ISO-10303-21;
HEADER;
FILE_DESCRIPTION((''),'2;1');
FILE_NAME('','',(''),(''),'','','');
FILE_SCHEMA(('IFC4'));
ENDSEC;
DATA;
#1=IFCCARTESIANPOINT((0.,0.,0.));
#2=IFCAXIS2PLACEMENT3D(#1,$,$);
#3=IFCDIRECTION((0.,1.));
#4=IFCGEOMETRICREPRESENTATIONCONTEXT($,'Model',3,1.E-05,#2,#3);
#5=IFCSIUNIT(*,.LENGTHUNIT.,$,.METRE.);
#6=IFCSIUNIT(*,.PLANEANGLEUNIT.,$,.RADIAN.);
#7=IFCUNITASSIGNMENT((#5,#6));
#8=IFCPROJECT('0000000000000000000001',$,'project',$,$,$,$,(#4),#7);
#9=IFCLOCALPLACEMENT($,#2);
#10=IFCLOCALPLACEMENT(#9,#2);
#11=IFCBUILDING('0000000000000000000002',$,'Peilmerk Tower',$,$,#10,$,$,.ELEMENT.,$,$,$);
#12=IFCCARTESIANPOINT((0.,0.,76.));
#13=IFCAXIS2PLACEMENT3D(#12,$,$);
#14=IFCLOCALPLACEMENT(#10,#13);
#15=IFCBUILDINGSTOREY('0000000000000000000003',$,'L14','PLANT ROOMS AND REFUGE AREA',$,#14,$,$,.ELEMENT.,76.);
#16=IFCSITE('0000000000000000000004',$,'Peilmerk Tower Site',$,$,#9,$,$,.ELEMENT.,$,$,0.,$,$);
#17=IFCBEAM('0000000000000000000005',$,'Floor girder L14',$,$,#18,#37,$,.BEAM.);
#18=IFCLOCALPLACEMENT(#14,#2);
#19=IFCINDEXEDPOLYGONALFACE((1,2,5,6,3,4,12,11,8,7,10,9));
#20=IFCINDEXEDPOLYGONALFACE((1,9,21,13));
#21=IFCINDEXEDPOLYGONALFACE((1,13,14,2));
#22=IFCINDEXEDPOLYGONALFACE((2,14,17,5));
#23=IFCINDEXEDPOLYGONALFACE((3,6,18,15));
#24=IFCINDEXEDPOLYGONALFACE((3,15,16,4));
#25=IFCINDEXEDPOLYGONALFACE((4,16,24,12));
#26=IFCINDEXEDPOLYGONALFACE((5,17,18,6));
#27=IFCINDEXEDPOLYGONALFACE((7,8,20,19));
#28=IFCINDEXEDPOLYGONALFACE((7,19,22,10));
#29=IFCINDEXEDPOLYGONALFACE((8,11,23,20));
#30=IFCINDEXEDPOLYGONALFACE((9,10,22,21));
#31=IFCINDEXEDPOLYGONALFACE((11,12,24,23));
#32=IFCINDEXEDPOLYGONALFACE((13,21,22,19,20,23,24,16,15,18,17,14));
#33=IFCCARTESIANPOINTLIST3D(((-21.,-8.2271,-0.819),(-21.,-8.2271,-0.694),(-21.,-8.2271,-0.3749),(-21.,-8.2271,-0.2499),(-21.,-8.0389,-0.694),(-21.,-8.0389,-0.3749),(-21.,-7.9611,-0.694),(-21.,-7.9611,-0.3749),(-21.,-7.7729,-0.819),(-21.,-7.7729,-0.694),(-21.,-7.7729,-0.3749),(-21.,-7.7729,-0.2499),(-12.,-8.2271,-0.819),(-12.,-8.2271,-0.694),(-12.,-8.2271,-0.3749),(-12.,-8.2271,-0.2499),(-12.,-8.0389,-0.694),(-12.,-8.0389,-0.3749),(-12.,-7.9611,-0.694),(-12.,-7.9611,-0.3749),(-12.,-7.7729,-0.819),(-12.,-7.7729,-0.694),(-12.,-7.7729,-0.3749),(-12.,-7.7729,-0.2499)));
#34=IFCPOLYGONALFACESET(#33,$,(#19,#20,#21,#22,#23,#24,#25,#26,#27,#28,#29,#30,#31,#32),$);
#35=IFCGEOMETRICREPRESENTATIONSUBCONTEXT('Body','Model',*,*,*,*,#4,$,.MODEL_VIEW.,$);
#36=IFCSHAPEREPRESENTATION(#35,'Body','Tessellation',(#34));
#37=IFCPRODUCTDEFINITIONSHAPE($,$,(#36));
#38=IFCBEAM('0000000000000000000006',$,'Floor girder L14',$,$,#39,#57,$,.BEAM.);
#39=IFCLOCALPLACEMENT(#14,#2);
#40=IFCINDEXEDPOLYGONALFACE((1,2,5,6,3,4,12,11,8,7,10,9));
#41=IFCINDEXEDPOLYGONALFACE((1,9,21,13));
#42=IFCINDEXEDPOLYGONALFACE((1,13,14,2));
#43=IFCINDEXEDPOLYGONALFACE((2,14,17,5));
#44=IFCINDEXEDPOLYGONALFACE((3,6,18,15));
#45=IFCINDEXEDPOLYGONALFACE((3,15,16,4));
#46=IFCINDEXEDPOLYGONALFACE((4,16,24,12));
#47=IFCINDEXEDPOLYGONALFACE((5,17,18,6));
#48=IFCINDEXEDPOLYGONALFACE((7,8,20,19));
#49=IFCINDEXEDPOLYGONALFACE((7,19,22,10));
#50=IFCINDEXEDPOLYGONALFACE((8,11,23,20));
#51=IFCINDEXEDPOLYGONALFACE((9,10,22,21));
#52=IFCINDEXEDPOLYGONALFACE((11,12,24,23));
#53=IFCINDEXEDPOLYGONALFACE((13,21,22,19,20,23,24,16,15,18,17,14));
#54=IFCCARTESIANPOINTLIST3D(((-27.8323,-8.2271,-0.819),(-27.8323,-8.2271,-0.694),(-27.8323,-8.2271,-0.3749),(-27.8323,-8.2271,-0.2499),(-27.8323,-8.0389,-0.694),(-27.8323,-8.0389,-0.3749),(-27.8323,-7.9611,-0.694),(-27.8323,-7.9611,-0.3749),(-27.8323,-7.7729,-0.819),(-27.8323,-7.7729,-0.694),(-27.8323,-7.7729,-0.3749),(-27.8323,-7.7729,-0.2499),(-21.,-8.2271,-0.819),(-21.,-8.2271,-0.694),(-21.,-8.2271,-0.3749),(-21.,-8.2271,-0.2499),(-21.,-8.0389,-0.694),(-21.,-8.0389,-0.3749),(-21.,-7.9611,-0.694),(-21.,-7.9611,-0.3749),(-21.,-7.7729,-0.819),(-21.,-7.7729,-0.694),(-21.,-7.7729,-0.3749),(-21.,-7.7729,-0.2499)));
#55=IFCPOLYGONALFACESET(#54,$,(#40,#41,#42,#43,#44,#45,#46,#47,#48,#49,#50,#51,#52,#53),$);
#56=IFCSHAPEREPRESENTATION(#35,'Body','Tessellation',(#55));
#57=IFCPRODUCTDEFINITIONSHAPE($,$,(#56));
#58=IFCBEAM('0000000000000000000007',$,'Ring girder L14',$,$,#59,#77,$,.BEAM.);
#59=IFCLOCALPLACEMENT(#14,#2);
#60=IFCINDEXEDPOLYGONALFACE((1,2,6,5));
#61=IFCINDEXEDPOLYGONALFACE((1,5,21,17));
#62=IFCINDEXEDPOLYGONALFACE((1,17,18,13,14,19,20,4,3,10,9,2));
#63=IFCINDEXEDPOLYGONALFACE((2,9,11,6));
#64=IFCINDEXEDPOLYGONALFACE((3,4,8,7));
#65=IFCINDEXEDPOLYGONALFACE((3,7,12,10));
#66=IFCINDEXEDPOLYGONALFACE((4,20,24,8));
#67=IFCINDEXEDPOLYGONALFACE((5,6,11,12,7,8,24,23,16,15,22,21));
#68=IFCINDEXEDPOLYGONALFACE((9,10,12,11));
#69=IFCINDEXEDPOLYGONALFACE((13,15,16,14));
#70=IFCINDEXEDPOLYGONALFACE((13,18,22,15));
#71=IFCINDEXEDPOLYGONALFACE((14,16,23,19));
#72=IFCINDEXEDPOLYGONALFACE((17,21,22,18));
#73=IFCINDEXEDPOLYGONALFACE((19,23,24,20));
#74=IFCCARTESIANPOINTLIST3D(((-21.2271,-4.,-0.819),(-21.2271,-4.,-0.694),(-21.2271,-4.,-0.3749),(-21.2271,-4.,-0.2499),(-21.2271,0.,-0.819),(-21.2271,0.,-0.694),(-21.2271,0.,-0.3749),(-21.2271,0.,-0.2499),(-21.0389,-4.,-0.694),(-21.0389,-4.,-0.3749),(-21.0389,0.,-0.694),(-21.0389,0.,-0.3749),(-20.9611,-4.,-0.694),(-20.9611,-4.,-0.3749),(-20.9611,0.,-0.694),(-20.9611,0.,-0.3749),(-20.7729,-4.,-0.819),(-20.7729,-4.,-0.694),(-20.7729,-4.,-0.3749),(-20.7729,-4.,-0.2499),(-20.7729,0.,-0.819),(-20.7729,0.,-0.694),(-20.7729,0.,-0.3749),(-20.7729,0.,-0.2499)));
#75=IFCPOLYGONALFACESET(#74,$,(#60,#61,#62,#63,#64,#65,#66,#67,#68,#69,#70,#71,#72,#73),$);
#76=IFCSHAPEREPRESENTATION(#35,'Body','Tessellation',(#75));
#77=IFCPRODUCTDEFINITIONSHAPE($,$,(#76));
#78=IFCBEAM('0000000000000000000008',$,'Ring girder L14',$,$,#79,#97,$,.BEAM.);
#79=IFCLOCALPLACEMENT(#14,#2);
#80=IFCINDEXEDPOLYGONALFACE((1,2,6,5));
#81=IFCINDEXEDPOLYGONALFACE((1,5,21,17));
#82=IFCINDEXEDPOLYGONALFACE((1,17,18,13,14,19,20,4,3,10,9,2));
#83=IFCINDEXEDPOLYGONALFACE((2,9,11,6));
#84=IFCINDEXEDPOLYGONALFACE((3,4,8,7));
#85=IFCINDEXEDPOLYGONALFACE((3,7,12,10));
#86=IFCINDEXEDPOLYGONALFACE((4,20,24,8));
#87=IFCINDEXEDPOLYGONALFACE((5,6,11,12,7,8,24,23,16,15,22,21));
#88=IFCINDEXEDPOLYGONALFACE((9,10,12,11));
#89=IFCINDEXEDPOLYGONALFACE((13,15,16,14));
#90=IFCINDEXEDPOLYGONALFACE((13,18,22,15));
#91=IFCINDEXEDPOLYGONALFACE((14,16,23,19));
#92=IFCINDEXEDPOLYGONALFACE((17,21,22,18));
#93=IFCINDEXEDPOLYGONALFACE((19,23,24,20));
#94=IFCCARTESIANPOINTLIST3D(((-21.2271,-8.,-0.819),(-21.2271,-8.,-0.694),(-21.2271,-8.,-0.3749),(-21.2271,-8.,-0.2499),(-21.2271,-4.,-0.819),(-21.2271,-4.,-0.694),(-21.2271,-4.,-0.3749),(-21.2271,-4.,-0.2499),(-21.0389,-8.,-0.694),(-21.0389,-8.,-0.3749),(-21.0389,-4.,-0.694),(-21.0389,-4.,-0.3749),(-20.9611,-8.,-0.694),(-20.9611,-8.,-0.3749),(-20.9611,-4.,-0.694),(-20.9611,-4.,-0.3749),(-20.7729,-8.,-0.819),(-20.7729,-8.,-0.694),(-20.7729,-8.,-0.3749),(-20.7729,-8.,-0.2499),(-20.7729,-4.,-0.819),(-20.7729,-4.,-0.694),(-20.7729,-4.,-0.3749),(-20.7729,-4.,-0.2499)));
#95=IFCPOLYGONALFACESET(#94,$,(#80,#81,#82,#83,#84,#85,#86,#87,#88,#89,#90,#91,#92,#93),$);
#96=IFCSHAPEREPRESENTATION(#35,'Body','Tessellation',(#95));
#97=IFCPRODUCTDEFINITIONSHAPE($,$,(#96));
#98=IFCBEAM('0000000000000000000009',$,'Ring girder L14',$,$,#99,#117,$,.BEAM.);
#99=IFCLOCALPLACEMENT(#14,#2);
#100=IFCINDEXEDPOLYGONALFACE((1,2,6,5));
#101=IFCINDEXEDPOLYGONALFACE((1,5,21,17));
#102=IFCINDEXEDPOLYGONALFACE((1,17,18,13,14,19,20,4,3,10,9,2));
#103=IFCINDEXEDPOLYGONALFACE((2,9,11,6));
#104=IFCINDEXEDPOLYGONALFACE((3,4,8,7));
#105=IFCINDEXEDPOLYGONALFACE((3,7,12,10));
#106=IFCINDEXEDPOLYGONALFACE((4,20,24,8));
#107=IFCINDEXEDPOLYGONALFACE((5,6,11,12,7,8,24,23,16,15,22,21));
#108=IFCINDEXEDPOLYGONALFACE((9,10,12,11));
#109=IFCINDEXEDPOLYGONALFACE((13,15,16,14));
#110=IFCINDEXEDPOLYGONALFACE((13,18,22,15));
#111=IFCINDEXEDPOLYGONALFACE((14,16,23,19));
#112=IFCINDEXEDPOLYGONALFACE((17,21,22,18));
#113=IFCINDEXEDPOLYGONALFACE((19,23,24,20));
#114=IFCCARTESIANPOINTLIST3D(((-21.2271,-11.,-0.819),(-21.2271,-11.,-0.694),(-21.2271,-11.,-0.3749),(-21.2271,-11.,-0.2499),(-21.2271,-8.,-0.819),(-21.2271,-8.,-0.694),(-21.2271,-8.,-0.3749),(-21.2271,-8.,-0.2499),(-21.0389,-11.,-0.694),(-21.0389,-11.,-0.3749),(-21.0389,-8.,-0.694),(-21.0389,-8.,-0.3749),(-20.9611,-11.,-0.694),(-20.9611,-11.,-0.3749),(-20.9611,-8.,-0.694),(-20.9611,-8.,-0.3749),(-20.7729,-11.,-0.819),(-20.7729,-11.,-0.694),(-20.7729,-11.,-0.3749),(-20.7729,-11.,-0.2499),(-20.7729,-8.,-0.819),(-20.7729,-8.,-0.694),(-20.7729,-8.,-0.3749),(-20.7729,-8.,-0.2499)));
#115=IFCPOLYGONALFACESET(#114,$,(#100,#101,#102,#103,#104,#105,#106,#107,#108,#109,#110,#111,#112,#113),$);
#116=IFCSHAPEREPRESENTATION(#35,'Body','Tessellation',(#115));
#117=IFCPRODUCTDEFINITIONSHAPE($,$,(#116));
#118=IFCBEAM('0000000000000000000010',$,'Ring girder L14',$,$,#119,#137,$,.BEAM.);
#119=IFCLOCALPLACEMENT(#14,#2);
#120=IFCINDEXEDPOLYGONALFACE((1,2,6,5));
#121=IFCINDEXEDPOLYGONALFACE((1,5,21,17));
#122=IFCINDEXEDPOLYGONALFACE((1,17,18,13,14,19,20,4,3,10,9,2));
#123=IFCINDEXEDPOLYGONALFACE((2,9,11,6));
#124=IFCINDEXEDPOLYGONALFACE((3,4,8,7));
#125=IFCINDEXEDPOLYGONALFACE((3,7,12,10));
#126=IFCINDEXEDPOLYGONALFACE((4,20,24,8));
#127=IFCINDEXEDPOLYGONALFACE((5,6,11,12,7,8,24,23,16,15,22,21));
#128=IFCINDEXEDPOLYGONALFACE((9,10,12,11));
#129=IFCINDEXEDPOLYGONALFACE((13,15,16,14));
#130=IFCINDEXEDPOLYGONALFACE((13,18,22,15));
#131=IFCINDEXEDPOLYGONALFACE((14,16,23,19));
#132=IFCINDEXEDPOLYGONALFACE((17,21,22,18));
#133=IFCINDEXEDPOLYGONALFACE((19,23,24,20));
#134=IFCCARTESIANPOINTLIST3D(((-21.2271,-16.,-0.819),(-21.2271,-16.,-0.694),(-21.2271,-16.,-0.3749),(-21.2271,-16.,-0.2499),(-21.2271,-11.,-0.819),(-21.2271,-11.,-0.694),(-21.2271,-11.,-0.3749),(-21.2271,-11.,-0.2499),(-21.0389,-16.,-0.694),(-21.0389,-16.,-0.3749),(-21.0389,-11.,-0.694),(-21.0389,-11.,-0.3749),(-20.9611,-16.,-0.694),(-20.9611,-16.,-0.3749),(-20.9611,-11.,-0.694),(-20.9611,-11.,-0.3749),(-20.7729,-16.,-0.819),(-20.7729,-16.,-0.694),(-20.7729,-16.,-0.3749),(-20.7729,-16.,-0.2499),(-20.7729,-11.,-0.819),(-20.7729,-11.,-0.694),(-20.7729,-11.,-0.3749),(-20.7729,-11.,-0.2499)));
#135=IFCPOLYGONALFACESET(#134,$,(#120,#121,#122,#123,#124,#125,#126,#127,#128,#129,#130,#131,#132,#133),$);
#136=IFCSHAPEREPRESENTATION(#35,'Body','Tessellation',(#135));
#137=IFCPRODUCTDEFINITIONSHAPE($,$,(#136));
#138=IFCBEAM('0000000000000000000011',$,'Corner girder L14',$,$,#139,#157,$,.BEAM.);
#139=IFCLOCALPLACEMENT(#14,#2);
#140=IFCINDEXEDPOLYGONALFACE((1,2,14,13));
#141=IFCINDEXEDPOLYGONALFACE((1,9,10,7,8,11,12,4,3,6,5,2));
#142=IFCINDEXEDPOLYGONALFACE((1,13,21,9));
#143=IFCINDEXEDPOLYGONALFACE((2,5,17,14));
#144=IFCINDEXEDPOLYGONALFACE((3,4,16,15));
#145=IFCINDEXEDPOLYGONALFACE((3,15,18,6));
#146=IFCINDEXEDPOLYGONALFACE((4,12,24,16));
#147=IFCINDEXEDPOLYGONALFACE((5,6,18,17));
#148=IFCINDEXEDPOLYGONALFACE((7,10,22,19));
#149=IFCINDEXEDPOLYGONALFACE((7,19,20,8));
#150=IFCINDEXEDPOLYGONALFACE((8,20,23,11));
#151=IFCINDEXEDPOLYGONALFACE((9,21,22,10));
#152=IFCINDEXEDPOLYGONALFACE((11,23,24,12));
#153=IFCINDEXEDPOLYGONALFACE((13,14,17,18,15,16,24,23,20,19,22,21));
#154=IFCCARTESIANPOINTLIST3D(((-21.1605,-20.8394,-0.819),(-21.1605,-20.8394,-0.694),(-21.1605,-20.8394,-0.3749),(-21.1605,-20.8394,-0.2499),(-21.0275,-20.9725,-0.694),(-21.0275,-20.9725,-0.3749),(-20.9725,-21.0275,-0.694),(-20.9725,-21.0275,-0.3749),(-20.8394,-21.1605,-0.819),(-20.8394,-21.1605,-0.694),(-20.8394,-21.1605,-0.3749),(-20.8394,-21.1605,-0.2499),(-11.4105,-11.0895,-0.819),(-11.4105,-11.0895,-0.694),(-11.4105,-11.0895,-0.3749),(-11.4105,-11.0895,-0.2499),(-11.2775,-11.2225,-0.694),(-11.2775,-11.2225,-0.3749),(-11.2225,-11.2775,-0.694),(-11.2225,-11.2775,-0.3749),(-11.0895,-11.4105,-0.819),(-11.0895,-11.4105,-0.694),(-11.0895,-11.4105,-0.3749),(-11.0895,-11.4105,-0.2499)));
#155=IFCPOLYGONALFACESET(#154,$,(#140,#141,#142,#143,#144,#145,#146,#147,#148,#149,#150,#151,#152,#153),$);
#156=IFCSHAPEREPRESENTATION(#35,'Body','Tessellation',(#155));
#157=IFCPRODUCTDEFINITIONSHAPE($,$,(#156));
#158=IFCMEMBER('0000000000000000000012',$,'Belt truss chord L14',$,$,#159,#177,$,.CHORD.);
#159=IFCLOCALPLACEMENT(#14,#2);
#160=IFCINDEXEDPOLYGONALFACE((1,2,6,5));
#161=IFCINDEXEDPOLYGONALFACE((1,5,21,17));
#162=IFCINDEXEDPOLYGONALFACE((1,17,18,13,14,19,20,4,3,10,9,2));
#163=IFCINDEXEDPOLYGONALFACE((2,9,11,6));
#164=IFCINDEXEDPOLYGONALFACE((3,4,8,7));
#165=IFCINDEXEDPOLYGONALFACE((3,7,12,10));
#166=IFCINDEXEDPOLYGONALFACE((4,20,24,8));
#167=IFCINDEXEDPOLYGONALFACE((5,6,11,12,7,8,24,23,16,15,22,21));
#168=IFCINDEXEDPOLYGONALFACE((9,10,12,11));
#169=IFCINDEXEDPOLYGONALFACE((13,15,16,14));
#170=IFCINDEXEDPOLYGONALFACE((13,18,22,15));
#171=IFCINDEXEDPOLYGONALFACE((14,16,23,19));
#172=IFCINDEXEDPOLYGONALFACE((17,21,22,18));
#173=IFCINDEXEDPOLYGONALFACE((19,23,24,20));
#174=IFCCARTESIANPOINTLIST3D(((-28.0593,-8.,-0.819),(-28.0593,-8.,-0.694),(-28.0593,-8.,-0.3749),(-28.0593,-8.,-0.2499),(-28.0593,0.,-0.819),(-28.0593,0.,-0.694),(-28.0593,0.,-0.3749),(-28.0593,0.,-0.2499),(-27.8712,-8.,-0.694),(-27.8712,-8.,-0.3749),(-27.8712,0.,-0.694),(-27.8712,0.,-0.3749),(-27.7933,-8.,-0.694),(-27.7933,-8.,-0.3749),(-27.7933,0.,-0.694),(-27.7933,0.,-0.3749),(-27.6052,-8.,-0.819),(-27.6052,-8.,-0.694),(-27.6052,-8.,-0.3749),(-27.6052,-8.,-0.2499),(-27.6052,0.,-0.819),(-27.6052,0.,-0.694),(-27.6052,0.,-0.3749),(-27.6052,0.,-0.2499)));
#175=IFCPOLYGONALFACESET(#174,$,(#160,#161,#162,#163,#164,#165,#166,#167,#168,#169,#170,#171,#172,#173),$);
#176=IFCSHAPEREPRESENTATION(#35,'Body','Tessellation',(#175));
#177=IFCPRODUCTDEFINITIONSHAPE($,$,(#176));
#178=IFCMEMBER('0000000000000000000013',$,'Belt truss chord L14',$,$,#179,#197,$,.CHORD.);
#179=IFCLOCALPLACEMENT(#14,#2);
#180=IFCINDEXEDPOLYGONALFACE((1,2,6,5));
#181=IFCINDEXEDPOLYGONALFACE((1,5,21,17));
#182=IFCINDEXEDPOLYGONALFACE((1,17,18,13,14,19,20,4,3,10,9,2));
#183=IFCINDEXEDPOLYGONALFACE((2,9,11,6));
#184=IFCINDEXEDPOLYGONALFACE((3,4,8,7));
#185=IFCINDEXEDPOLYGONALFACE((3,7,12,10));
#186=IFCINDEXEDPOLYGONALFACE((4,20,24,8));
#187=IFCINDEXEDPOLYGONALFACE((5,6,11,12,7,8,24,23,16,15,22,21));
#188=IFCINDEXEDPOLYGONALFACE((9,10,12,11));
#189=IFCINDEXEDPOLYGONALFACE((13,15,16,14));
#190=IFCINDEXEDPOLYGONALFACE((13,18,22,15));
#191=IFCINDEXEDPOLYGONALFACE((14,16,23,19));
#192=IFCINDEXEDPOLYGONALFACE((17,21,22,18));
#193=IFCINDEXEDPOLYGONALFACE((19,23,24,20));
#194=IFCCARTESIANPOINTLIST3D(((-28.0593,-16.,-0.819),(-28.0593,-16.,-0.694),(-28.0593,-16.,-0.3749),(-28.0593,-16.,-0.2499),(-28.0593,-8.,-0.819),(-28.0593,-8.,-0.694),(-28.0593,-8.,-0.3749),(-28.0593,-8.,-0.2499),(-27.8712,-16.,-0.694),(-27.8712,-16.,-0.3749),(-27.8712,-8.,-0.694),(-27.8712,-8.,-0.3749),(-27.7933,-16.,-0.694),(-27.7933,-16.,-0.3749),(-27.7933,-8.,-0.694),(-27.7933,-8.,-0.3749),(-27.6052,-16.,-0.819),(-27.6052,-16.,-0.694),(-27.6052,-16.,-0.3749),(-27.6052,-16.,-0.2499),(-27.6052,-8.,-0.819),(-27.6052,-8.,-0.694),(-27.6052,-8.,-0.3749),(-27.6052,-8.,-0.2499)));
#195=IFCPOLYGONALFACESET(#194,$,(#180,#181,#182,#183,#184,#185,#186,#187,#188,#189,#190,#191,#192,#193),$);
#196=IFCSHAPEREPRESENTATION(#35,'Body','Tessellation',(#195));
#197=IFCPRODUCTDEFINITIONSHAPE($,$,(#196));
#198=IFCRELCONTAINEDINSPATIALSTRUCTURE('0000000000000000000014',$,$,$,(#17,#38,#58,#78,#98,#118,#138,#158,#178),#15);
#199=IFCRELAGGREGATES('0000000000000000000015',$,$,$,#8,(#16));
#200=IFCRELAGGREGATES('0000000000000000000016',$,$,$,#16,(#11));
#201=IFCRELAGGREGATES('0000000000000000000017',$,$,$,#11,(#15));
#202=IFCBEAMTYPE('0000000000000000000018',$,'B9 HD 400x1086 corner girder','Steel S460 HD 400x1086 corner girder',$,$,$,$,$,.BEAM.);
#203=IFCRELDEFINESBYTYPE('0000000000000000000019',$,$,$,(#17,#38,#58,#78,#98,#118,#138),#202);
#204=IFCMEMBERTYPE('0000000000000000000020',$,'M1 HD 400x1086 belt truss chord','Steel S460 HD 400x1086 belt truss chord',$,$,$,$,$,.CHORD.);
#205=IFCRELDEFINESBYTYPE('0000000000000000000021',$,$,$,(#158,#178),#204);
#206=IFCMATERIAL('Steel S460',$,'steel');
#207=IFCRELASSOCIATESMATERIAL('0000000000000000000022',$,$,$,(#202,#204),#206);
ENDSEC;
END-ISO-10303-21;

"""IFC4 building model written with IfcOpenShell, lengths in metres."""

from ifc_helpers import new_model, si_unit, direction, frame, origin, origin_2d, place, context, subcontext, project, spatial, i_section, extrude, material, material_profile, profile_set, type_object, element, save


model = new_model("IFC4")

# Units and contexts
model_context = context("Model", 3, precision=1e-05, world=origin(), true_north=direction((0.0, 1.0)))
body_context = subcontext(model_context, "Body", "Model", "MODEL_VIEW")
ifc_project = project(units=[si_unit("LENGTHUNIT", "METRE"), si_unit("PLANEANGLEUNIT", "RADIAN")], contexts=[model_context])

# Site, building, storey
site_placement = place(None, origin())
site = spatial("IfcSite", under=ifc_project, at=site_placement, Name="Peilmerk Tower Site", CompositionType="ELEMENT", RefElevation=0.0)
building_placement = place(site_placement, origin())
building = spatial("IfcBuilding", under=site, at=building_placement, Name="Peilmerk Tower", CompositionType="ELEMENT")
storey_placement = place(building_placement, frame((0.0, 0.0, 76.0)))
storey = spatial("IfcBuildingStorey", under=building, at=storey_placement, Name="L14", Description="PLANT ROOMS AND REFUGE AREA", CompositionType="ELEMENT", Elevation=76.0)

# Shared definitions
ifc_material_1 = material(Name="Steel S460", Category="steel")

# Beams
ifc_material_profile_1 = material_profile(ifc_material_1, i_section(OverallWidth=0.4541, OverallDepth=0.5691, WebThickness=0.0779, FlangeThickness=0.125, at=origin_2d()), Name="HD 400x1086")
ifc_profile_set_1 = profile_set([ifc_material_profile_1], Name="Steel S460")
beam_type_1 = type_object("IfcBeamType", Name="B9 HD 400x1086 corner girder", Description="Steel S460 HD 400x1086 corner girder", PredefinedType="BEAM", material=ifc_profile_set_1)
beam_1_placement = place(storey_placement, frame((-12.0, -8.0, -0.5344), z_axis=(-1.0, 0.0, 0.0), x_axis=(0.0, -1.0, 0.0)))
element("IfcBeam", 1, at=beam_1_placement, inside=storey, type_object=beam_type_1, Name="Floor girder L14", PredefinedType="BEAM", context=body_context, shape_type="SweptSolid", body=[
    extrude(i_section(OverallWidth=0.4541, OverallDepth=0.5691, WebThickness=0.0779, FlangeThickness=0.125, at=origin_2d()), origin(), (0.0, 0.0, 1.0), 9.0),
])
beam_2_placement = place(storey_placement, frame((-21.0, -8.0, -0.5344), z_axis=(-1.0, 0.0, 0.0), x_axis=(0.0, -1.0, 0.0)))
element("IfcBeam", 2, at=beam_2_placement, inside=storey, type_object=beam_type_1, Name="Floor girder L14", PredefinedType="BEAM", context=body_context, shape_type="SweptSolid", body=[
    extrude(i_section(OverallWidth=0.4541, OverallDepth=0.5691, WebThickness=0.0779, FlangeThickness=0.125, at=origin_2d()), origin(), (0.0, 0.0, 1.0), 6.8323),
])
for number, where, z_axis, x_axis, name in (
    (3, (-21.0, 0.0, -0.5344), (0.0, -1.0, 0.0), (1.0, 0.0, 0.0), "Ring girder L14"),
    (4, (-21.0, -4.0, -0.5344), (0.0, -1.0, 0.0), (1.0, 0.0, 0.0), "Ring girder L14"),
):
    element("IfcBeam", number, at=place(storey_placement, frame(where, z_axis=z_axis, x_axis=x_axis)), inside=storey, type_object=beam_type_1, Name=name, PredefinedType="BEAM", context=body_context, shape_type="SweptSolid", body=[
        extrude(i_section(OverallWidth=0.4541, OverallDepth=0.5691, WebThickness=0.0779, FlangeThickness=0.125, at=origin_2d()), origin(), (0.0, 0.0, 1.0), 4.0),
    ])
beam_3_placement = place(storey_placement, frame((-21.0, -8.0, -0.5344), z_axis=(0.0, -1.0, 0.0), x_axis=(1.0, 0.0, 0.0)))
element("IfcBeam", 5, at=beam_3_placement, inside=storey, type_object=beam_type_1, Name="Ring girder L14", PredefinedType="BEAM", context=body_context, shape_type="SweptSolid", body=[
    extrude(i_section(OverallWidth=0.4541, OverallDepth=0.5691, WebThickness=0.0779, FlangeThickness=0.125, at=origin_2d()), origin(), (0.0, 0.0, 1.0), 3.0),
])
beam_4_placement = place(storey_placement, frame((-21.0, -11.0, -0.5344), z_axis=(0.0, -1.0, 0.0), x_axis=(1.0, 0.0, 0.0)))
element("IfcBeam", 6, at=beam_4_placement, inside=storey, type_object=beam_type_1, Name="Ring girder L14", PredefinedType="BEAM", context=body_context, shape_type="SweptSolid", body=[
    extrude(i_section(OverallWidth=0.4541, OverallDepth=0.5691, WebThickness=0.0779, FlangeThickness=0.125, at=origin_2d()), origin(), (0.0, 0.0, 1.0), 5.0),
])
beam_5_placement = place(storey_placement, frame((-11.25, -11.25, -0.5344), z_axis=(-0.707107, -0.707107, 0.0), x_axis=(0.707107, -0.707107, 0.0)))
element("IfcBeam", 7, at=beam_5_placement, inside=storey, type_object=beam_type_1, Name="Corner girder L14", PredefinedType="BEAM", context=body_context, shape_type="SweptSolid", body=[
    extrude(i_section(OverallWidth=0.4541, OverallDepth=0.5691, WebThickness=0.0779, FlangeThickness=0.125, at=origin_2d()), origin(), (0.0, 0.0, 1.0), 13.7886),
])

# Members
ifc_material_profile_2 = material_profile(ifc_material_1, i_section(OverallWidth=0.4541, OverallDepth=0.5691, WebThickness=0.0779, FlangeThickness=0.125, at=origin_2d()), Name="HD 400x1086")
ifc_profile_set_2 = profile_set([ifc_material_profile_2], Name="Steel S460")
member_type_1 = type_object("IfcMemberType", Name="M1 HD 400x1086 belt truss chord", Description="Steel S460 HD 400x1086 belt truss chord", PredefinedType="CHORD", material=ifc_profile_set_2)
for number, where, z_axis, x_axis, name in (
    (8, (-27.8323, 0.0, -0.5344), (0.0, -1.0, 0.0), (1.0, 0.0, 0.0), "Belt truss chord L14"),
    (9, (-27.8323, -8.0, -0.5344), (0.0, -1.0, 0.0), (1.0, 0.0, 0.0), "Belt truss chord L14"),
):
    element("IfcMember", number, at=place(storey_placement, frame(where, z_axis=z_axis, x_axis=x_axis)), inside=storey, type_object=member_type_1, Name=name, PredefinedType="CHORD", context=body_context, shape_type="SweptSolid", body=[
        extrude(i_section(OverallWidth=0.4541, OverallDepth=0.5691, WebThickness=0.0779, FlangeThickness=0.125, at=origin_2d()), origin(), (0.0, 0.0, 1.0), 8.0),
    ])

save(model, "model.ifc")
